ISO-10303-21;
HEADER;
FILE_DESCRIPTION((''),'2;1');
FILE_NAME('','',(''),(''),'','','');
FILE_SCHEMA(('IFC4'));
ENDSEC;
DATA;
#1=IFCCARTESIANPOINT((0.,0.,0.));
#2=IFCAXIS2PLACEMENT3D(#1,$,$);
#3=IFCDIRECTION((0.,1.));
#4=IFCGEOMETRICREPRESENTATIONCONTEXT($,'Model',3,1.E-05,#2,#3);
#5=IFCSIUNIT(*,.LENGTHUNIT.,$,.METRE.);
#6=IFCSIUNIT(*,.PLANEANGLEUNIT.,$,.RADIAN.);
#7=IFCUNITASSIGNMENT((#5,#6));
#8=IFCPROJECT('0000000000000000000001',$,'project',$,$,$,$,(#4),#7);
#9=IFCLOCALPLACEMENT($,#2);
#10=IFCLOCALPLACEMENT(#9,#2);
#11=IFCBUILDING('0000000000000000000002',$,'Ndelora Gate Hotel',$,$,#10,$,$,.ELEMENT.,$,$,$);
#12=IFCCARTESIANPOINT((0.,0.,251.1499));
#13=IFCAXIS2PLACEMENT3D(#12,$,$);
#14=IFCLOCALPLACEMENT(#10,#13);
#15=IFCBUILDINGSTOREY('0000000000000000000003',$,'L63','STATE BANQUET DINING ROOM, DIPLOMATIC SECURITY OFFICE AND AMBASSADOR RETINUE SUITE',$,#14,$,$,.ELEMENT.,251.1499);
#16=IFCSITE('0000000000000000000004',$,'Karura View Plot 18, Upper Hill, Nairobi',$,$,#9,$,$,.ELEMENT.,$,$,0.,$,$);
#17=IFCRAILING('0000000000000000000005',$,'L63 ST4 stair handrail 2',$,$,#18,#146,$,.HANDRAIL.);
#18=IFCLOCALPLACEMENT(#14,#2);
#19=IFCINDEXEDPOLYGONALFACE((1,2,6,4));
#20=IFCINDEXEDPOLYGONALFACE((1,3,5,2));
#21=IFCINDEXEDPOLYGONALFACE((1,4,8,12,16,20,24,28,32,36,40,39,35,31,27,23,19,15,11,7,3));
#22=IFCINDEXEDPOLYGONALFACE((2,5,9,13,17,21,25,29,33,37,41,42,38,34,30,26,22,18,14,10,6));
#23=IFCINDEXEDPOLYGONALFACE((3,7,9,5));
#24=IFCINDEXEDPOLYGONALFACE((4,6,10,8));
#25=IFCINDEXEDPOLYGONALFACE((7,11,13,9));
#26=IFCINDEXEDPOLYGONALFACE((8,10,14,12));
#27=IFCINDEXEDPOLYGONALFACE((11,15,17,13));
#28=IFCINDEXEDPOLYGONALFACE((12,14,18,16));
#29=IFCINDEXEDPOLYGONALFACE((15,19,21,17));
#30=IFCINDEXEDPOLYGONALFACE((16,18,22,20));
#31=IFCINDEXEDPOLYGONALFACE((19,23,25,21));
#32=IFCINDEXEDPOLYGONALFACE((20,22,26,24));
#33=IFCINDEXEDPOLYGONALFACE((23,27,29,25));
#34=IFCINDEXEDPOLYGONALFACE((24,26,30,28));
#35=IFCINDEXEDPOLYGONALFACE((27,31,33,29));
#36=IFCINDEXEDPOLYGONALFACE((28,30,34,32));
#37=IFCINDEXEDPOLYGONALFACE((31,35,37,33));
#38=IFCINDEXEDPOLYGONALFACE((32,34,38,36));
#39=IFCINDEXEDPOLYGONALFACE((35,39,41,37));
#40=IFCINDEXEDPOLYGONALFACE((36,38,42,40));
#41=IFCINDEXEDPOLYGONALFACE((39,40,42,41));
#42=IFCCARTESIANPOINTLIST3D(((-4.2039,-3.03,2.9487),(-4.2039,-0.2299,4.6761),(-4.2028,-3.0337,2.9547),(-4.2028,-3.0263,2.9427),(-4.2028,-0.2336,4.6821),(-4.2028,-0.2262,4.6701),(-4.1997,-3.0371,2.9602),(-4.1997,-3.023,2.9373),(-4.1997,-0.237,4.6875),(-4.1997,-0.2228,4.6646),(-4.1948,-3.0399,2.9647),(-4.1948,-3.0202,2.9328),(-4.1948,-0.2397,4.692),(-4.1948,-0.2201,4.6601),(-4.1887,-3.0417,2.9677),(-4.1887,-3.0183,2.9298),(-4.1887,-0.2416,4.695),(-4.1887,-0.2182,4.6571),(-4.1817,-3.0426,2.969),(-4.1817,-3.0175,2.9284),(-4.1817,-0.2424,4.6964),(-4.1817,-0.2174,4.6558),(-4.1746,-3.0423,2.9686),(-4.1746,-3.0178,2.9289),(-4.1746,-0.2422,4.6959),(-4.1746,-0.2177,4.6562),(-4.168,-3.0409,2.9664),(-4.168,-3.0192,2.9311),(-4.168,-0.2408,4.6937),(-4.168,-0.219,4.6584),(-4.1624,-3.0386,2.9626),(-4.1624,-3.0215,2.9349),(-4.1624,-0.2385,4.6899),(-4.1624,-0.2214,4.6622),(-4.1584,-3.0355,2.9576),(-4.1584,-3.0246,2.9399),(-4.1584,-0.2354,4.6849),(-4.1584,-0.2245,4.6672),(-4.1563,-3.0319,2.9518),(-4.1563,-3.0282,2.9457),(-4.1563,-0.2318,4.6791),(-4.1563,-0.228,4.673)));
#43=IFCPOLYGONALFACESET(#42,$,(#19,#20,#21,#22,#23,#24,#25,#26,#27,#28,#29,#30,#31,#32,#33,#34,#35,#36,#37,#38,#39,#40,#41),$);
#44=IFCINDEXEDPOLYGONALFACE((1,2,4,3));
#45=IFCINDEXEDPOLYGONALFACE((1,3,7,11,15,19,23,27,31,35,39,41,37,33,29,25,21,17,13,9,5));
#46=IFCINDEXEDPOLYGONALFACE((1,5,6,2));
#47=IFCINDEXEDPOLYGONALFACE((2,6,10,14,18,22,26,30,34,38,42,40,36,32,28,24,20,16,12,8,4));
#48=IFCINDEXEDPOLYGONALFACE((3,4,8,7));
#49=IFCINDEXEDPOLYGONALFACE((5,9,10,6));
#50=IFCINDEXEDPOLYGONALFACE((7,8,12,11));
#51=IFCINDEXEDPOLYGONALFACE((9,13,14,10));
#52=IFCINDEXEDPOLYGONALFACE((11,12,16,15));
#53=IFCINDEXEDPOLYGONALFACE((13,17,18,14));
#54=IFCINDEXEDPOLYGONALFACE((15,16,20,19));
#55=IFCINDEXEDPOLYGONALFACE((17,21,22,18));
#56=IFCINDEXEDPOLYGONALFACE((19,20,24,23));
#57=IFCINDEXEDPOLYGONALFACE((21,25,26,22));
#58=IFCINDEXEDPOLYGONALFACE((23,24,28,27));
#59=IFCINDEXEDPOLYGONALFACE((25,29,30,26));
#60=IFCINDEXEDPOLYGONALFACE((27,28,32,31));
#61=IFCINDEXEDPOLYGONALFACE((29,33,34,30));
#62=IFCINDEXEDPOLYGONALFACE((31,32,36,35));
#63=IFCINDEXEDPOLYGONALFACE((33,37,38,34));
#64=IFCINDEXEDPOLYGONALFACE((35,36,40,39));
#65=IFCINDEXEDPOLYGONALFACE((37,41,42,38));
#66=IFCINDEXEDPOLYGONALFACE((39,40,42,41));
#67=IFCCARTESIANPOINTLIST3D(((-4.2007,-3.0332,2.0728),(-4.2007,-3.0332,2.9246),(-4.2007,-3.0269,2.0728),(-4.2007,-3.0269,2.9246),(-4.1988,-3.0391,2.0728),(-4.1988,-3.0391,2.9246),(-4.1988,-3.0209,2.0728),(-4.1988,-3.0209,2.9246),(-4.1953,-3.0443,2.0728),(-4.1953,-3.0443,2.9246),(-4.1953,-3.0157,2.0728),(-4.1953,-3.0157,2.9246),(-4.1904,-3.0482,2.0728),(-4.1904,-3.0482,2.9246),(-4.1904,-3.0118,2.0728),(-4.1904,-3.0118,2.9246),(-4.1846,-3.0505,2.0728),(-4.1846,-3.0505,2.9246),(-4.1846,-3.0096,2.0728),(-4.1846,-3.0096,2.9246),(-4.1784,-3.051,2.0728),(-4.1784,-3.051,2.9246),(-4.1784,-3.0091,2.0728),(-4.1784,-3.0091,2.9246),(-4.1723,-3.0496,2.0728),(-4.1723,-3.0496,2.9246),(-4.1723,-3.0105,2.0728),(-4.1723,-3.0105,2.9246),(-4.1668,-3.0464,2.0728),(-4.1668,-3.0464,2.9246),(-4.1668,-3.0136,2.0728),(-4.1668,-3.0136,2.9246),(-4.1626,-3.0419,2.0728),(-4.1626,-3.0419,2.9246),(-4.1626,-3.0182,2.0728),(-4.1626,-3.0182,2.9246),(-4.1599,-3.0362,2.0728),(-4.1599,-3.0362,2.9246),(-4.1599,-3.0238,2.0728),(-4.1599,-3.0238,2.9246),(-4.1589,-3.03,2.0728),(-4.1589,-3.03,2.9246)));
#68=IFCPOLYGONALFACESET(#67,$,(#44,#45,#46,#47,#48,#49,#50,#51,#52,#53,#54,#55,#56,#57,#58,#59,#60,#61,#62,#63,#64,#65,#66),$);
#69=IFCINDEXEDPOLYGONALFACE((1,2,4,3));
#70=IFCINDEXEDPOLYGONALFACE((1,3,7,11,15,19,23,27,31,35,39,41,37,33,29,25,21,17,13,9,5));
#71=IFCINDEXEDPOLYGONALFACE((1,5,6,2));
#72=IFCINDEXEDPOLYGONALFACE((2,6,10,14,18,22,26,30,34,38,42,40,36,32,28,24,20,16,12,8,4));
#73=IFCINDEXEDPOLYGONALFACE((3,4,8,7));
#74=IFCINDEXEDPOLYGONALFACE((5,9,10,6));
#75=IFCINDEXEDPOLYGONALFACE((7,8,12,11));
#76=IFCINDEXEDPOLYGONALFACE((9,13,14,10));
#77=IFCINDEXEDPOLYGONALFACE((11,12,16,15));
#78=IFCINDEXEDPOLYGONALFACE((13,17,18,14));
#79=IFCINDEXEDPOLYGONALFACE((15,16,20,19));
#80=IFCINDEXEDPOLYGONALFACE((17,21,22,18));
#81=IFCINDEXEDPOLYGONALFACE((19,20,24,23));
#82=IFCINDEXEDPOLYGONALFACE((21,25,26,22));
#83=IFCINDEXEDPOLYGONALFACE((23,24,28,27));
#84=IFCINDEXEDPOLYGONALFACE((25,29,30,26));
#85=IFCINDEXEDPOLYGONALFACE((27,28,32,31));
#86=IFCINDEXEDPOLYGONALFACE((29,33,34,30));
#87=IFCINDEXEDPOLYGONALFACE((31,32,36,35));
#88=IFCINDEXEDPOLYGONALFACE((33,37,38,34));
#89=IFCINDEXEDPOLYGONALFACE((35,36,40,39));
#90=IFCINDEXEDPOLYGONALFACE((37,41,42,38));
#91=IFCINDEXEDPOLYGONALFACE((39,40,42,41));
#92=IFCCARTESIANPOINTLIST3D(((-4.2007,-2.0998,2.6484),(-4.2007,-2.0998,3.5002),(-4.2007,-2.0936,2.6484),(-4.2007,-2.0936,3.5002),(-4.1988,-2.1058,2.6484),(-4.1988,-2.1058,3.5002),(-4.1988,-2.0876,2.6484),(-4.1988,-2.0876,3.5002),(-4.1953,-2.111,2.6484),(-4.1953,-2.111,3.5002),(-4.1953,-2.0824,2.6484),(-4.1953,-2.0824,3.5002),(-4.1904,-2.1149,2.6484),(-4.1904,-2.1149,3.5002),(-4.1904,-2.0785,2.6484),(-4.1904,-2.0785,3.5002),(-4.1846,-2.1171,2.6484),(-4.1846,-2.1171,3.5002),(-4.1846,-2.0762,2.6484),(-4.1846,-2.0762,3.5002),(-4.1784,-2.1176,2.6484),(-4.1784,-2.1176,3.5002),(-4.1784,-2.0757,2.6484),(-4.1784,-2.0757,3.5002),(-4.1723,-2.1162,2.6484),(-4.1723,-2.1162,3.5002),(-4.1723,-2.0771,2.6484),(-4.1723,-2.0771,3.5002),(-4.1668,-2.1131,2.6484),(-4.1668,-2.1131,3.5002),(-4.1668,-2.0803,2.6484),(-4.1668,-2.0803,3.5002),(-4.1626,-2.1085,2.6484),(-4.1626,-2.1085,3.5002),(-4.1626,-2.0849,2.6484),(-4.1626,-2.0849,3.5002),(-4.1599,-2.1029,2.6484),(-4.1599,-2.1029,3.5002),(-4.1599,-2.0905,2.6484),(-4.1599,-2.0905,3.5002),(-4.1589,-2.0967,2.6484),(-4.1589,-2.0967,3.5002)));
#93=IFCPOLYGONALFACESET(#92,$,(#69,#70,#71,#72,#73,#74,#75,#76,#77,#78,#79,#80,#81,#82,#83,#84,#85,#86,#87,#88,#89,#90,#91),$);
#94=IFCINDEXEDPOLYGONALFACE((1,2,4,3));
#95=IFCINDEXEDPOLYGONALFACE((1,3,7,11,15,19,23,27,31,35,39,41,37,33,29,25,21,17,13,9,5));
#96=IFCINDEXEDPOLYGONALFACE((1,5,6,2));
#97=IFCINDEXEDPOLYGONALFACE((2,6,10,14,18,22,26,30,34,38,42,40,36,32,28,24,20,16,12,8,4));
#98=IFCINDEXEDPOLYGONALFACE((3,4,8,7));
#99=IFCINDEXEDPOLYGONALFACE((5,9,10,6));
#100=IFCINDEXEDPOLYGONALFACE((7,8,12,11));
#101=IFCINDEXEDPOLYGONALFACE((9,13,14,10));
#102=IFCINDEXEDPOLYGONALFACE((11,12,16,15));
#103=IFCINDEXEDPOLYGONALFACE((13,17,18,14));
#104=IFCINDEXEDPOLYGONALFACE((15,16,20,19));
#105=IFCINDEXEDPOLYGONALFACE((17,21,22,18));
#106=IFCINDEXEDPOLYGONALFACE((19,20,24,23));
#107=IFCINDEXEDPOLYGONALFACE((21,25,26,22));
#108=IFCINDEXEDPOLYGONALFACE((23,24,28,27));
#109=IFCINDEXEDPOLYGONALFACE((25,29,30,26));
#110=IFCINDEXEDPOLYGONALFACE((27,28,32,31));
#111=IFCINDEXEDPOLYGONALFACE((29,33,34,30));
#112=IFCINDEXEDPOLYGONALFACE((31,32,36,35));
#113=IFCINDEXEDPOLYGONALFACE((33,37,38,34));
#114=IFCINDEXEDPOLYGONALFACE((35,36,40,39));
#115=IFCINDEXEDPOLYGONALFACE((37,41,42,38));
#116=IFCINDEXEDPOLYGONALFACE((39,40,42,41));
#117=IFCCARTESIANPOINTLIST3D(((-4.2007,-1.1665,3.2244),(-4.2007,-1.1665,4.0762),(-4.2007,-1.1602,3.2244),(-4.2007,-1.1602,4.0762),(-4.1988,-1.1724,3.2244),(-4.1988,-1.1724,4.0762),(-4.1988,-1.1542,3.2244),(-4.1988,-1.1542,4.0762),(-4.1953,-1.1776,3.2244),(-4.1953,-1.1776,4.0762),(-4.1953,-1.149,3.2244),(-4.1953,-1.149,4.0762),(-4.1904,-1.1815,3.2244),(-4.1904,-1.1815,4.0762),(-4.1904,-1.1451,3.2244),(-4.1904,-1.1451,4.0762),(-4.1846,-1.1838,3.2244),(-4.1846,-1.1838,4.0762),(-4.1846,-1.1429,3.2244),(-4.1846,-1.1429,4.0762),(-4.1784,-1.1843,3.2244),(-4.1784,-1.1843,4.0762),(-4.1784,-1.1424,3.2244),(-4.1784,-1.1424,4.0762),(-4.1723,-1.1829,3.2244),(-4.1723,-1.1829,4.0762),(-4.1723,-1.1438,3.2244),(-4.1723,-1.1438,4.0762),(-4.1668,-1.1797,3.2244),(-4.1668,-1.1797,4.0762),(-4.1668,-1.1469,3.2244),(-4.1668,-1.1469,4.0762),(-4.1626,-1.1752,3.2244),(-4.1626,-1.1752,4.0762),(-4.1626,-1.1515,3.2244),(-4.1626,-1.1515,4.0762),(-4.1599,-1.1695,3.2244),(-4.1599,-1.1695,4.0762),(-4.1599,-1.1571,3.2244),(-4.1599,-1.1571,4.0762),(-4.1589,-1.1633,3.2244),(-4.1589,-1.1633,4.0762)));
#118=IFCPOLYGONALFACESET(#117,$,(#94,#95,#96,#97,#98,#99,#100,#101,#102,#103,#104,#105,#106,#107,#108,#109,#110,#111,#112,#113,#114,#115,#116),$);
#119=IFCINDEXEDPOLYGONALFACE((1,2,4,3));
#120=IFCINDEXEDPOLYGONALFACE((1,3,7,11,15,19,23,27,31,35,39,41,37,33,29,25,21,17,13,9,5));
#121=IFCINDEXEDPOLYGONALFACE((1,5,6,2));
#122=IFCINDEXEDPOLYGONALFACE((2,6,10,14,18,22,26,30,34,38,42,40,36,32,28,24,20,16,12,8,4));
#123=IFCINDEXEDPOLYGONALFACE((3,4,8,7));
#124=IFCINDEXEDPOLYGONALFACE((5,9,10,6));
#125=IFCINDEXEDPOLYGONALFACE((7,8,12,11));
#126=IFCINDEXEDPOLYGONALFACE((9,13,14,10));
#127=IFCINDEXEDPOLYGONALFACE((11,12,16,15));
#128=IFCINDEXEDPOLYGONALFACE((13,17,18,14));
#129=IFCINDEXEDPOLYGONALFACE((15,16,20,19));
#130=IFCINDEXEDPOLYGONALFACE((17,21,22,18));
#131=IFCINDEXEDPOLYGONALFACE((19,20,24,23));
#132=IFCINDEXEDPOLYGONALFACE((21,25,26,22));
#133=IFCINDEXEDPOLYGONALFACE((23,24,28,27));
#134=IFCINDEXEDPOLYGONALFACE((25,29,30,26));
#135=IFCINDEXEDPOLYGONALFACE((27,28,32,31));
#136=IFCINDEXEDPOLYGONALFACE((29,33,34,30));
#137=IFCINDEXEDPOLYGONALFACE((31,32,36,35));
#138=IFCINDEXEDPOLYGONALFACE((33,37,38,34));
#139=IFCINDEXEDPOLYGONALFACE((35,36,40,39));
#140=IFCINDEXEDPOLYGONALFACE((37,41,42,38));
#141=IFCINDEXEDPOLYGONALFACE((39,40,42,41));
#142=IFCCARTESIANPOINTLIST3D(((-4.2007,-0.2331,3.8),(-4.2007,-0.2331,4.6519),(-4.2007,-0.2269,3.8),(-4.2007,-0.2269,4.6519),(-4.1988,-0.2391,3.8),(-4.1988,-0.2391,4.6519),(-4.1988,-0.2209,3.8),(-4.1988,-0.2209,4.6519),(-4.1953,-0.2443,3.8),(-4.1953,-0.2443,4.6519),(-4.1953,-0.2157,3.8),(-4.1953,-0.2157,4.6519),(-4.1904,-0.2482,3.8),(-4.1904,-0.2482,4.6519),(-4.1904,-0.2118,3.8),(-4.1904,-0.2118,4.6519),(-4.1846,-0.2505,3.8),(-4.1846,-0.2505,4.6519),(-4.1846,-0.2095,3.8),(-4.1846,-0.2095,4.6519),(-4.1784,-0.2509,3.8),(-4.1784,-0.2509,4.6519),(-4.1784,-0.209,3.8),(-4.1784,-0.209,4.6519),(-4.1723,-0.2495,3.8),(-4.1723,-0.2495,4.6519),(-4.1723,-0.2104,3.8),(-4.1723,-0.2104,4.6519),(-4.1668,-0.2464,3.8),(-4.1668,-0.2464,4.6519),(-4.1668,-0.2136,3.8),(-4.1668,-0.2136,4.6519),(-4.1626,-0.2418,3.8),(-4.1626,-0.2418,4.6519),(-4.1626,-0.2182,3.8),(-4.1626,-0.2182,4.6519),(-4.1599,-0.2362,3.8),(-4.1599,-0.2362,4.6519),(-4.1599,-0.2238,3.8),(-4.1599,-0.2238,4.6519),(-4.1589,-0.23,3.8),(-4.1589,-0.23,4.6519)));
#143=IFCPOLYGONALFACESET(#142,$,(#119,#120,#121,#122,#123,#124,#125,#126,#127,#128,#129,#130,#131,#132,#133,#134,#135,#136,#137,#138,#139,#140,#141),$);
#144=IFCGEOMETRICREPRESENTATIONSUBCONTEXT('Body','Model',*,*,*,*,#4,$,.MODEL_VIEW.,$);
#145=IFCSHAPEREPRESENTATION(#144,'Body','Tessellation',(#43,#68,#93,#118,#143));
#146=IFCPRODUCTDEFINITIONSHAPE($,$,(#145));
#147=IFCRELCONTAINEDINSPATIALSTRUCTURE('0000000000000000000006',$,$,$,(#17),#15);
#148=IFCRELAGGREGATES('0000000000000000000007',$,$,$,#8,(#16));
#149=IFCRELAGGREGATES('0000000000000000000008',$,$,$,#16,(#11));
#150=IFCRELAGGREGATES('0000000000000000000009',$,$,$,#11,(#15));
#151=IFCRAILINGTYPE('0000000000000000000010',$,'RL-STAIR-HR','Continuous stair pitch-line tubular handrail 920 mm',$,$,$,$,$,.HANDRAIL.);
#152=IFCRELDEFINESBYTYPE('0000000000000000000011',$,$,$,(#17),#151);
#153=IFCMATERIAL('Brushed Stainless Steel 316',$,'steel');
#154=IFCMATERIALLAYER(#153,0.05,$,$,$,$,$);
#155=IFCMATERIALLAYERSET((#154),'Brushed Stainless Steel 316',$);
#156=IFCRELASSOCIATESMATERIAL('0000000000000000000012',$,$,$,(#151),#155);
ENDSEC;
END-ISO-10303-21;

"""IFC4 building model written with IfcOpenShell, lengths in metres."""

from ifc_helpers import new_model, si_unit, direction, frame, origin, origin_2d, place, context, subcontext, project, spatial, circle, extrude, material, layer, layer_set, type_object, element, save


model = new_model("IFC4")

# Units and contexts
model_context = context("Model", 3, precision=1e-05, world=origin(), true_north=direction((0.0, 1.0)))
body_context = subcontext(model_context, "Body", "Model", "MODEL_VIEW")
ifc_project = project(units=[si_unit("LENGTHUNIT", "METRE"), si_unit("PLANEANGLEUNIT", "RADIAN")], contexts=[model_context])

# Site, building, storey
site_placement = place(None, origin())
site = spatial("IfcSite", under=ifc_project, at=site_placement, Name="Karura View Plot 18, Upper Hill, Nairobi", CompositionType="ELEMENT", RefElevation=0.0)
building_placement = place(site_placement, origin())
building = spatial("IfcBuilding", under=site, at=building_placement, Name="Ndelora Gate Hotel", CompositionType="ELEMENT")
storey_placement = place(building_placement, frame((0.0, 0.0, 251.1499)))
storey = spatial("IfcBuildingStorey", under=building, at=storey_placement, Name="L63", Description="STATE BANQUET DINING ROOM, DIPLOMATIC SECURITY OFFICE AND AMBASSADOR RETINUE SUITE", CompositionType="ELEMENT", Elevation=251.1499)

# Railing
ifc_material_1 = material(Name="Brushed Stainless Steel 316", Category="steel")
ifc_layer_1 = layer(ifc_material_1, 0.05)
ifc_layer_set_1 = layer_set([ifc_layer_1], Name="Brushed Stainless Steel 316")
railing_type_1 = type_object("IfcRailingType", Name="RL-STAIR-HR", Description="Continuous stair pitch-line tubular handrail 920 mm", PredefinedType="HANDRAIL", material=ifc_layer_set_1)
railing_1_placement = place(storey_placement, frame((-4.1799, -3.03, 2.0728)))
element("IfcRailing", 1, at=railing_1_placement, inside=storey, type_object=railing_type_1, Name="L63 ST4 stair handrail 2", PredefinedType="HANDRAIL", context=body_context, shape_type="SweptSolid", body=[
    extrude(circle(Radius=0.0239, at=origin_2d()), frame((0.0, 0.0, 0.876), z_axis=(0.0, 0.85109, 0.52502), x_axis=(-1.0, 0.0, 0.0)), (0.0, 0.0, 1.0), 3.29),
    extrude(circle(Radius=0.021, at=origin_2d()), origin(), (0.0, 0.0, 1.0), 0.8518),
    extrude(circle(Radius=0.021, at=origin_2d()), frame((0.0, 0.9333, 0.5757)), (0.0, 0.0, 1.0), 0.8518),
    extrude(circle(Radius=0.021, at=origin_2d()), frame((0.0, 1.8667, 1.1516)), (0.0, 0.0, 1.0), 0.8518),
    extrude(circle(Radius=0.021, at=origin_2d()), frame((0.0, 2.8, 1.7273)), (0.0, 0.0, 1.0), 0.8518),
])

save(model, "model.ifc")
